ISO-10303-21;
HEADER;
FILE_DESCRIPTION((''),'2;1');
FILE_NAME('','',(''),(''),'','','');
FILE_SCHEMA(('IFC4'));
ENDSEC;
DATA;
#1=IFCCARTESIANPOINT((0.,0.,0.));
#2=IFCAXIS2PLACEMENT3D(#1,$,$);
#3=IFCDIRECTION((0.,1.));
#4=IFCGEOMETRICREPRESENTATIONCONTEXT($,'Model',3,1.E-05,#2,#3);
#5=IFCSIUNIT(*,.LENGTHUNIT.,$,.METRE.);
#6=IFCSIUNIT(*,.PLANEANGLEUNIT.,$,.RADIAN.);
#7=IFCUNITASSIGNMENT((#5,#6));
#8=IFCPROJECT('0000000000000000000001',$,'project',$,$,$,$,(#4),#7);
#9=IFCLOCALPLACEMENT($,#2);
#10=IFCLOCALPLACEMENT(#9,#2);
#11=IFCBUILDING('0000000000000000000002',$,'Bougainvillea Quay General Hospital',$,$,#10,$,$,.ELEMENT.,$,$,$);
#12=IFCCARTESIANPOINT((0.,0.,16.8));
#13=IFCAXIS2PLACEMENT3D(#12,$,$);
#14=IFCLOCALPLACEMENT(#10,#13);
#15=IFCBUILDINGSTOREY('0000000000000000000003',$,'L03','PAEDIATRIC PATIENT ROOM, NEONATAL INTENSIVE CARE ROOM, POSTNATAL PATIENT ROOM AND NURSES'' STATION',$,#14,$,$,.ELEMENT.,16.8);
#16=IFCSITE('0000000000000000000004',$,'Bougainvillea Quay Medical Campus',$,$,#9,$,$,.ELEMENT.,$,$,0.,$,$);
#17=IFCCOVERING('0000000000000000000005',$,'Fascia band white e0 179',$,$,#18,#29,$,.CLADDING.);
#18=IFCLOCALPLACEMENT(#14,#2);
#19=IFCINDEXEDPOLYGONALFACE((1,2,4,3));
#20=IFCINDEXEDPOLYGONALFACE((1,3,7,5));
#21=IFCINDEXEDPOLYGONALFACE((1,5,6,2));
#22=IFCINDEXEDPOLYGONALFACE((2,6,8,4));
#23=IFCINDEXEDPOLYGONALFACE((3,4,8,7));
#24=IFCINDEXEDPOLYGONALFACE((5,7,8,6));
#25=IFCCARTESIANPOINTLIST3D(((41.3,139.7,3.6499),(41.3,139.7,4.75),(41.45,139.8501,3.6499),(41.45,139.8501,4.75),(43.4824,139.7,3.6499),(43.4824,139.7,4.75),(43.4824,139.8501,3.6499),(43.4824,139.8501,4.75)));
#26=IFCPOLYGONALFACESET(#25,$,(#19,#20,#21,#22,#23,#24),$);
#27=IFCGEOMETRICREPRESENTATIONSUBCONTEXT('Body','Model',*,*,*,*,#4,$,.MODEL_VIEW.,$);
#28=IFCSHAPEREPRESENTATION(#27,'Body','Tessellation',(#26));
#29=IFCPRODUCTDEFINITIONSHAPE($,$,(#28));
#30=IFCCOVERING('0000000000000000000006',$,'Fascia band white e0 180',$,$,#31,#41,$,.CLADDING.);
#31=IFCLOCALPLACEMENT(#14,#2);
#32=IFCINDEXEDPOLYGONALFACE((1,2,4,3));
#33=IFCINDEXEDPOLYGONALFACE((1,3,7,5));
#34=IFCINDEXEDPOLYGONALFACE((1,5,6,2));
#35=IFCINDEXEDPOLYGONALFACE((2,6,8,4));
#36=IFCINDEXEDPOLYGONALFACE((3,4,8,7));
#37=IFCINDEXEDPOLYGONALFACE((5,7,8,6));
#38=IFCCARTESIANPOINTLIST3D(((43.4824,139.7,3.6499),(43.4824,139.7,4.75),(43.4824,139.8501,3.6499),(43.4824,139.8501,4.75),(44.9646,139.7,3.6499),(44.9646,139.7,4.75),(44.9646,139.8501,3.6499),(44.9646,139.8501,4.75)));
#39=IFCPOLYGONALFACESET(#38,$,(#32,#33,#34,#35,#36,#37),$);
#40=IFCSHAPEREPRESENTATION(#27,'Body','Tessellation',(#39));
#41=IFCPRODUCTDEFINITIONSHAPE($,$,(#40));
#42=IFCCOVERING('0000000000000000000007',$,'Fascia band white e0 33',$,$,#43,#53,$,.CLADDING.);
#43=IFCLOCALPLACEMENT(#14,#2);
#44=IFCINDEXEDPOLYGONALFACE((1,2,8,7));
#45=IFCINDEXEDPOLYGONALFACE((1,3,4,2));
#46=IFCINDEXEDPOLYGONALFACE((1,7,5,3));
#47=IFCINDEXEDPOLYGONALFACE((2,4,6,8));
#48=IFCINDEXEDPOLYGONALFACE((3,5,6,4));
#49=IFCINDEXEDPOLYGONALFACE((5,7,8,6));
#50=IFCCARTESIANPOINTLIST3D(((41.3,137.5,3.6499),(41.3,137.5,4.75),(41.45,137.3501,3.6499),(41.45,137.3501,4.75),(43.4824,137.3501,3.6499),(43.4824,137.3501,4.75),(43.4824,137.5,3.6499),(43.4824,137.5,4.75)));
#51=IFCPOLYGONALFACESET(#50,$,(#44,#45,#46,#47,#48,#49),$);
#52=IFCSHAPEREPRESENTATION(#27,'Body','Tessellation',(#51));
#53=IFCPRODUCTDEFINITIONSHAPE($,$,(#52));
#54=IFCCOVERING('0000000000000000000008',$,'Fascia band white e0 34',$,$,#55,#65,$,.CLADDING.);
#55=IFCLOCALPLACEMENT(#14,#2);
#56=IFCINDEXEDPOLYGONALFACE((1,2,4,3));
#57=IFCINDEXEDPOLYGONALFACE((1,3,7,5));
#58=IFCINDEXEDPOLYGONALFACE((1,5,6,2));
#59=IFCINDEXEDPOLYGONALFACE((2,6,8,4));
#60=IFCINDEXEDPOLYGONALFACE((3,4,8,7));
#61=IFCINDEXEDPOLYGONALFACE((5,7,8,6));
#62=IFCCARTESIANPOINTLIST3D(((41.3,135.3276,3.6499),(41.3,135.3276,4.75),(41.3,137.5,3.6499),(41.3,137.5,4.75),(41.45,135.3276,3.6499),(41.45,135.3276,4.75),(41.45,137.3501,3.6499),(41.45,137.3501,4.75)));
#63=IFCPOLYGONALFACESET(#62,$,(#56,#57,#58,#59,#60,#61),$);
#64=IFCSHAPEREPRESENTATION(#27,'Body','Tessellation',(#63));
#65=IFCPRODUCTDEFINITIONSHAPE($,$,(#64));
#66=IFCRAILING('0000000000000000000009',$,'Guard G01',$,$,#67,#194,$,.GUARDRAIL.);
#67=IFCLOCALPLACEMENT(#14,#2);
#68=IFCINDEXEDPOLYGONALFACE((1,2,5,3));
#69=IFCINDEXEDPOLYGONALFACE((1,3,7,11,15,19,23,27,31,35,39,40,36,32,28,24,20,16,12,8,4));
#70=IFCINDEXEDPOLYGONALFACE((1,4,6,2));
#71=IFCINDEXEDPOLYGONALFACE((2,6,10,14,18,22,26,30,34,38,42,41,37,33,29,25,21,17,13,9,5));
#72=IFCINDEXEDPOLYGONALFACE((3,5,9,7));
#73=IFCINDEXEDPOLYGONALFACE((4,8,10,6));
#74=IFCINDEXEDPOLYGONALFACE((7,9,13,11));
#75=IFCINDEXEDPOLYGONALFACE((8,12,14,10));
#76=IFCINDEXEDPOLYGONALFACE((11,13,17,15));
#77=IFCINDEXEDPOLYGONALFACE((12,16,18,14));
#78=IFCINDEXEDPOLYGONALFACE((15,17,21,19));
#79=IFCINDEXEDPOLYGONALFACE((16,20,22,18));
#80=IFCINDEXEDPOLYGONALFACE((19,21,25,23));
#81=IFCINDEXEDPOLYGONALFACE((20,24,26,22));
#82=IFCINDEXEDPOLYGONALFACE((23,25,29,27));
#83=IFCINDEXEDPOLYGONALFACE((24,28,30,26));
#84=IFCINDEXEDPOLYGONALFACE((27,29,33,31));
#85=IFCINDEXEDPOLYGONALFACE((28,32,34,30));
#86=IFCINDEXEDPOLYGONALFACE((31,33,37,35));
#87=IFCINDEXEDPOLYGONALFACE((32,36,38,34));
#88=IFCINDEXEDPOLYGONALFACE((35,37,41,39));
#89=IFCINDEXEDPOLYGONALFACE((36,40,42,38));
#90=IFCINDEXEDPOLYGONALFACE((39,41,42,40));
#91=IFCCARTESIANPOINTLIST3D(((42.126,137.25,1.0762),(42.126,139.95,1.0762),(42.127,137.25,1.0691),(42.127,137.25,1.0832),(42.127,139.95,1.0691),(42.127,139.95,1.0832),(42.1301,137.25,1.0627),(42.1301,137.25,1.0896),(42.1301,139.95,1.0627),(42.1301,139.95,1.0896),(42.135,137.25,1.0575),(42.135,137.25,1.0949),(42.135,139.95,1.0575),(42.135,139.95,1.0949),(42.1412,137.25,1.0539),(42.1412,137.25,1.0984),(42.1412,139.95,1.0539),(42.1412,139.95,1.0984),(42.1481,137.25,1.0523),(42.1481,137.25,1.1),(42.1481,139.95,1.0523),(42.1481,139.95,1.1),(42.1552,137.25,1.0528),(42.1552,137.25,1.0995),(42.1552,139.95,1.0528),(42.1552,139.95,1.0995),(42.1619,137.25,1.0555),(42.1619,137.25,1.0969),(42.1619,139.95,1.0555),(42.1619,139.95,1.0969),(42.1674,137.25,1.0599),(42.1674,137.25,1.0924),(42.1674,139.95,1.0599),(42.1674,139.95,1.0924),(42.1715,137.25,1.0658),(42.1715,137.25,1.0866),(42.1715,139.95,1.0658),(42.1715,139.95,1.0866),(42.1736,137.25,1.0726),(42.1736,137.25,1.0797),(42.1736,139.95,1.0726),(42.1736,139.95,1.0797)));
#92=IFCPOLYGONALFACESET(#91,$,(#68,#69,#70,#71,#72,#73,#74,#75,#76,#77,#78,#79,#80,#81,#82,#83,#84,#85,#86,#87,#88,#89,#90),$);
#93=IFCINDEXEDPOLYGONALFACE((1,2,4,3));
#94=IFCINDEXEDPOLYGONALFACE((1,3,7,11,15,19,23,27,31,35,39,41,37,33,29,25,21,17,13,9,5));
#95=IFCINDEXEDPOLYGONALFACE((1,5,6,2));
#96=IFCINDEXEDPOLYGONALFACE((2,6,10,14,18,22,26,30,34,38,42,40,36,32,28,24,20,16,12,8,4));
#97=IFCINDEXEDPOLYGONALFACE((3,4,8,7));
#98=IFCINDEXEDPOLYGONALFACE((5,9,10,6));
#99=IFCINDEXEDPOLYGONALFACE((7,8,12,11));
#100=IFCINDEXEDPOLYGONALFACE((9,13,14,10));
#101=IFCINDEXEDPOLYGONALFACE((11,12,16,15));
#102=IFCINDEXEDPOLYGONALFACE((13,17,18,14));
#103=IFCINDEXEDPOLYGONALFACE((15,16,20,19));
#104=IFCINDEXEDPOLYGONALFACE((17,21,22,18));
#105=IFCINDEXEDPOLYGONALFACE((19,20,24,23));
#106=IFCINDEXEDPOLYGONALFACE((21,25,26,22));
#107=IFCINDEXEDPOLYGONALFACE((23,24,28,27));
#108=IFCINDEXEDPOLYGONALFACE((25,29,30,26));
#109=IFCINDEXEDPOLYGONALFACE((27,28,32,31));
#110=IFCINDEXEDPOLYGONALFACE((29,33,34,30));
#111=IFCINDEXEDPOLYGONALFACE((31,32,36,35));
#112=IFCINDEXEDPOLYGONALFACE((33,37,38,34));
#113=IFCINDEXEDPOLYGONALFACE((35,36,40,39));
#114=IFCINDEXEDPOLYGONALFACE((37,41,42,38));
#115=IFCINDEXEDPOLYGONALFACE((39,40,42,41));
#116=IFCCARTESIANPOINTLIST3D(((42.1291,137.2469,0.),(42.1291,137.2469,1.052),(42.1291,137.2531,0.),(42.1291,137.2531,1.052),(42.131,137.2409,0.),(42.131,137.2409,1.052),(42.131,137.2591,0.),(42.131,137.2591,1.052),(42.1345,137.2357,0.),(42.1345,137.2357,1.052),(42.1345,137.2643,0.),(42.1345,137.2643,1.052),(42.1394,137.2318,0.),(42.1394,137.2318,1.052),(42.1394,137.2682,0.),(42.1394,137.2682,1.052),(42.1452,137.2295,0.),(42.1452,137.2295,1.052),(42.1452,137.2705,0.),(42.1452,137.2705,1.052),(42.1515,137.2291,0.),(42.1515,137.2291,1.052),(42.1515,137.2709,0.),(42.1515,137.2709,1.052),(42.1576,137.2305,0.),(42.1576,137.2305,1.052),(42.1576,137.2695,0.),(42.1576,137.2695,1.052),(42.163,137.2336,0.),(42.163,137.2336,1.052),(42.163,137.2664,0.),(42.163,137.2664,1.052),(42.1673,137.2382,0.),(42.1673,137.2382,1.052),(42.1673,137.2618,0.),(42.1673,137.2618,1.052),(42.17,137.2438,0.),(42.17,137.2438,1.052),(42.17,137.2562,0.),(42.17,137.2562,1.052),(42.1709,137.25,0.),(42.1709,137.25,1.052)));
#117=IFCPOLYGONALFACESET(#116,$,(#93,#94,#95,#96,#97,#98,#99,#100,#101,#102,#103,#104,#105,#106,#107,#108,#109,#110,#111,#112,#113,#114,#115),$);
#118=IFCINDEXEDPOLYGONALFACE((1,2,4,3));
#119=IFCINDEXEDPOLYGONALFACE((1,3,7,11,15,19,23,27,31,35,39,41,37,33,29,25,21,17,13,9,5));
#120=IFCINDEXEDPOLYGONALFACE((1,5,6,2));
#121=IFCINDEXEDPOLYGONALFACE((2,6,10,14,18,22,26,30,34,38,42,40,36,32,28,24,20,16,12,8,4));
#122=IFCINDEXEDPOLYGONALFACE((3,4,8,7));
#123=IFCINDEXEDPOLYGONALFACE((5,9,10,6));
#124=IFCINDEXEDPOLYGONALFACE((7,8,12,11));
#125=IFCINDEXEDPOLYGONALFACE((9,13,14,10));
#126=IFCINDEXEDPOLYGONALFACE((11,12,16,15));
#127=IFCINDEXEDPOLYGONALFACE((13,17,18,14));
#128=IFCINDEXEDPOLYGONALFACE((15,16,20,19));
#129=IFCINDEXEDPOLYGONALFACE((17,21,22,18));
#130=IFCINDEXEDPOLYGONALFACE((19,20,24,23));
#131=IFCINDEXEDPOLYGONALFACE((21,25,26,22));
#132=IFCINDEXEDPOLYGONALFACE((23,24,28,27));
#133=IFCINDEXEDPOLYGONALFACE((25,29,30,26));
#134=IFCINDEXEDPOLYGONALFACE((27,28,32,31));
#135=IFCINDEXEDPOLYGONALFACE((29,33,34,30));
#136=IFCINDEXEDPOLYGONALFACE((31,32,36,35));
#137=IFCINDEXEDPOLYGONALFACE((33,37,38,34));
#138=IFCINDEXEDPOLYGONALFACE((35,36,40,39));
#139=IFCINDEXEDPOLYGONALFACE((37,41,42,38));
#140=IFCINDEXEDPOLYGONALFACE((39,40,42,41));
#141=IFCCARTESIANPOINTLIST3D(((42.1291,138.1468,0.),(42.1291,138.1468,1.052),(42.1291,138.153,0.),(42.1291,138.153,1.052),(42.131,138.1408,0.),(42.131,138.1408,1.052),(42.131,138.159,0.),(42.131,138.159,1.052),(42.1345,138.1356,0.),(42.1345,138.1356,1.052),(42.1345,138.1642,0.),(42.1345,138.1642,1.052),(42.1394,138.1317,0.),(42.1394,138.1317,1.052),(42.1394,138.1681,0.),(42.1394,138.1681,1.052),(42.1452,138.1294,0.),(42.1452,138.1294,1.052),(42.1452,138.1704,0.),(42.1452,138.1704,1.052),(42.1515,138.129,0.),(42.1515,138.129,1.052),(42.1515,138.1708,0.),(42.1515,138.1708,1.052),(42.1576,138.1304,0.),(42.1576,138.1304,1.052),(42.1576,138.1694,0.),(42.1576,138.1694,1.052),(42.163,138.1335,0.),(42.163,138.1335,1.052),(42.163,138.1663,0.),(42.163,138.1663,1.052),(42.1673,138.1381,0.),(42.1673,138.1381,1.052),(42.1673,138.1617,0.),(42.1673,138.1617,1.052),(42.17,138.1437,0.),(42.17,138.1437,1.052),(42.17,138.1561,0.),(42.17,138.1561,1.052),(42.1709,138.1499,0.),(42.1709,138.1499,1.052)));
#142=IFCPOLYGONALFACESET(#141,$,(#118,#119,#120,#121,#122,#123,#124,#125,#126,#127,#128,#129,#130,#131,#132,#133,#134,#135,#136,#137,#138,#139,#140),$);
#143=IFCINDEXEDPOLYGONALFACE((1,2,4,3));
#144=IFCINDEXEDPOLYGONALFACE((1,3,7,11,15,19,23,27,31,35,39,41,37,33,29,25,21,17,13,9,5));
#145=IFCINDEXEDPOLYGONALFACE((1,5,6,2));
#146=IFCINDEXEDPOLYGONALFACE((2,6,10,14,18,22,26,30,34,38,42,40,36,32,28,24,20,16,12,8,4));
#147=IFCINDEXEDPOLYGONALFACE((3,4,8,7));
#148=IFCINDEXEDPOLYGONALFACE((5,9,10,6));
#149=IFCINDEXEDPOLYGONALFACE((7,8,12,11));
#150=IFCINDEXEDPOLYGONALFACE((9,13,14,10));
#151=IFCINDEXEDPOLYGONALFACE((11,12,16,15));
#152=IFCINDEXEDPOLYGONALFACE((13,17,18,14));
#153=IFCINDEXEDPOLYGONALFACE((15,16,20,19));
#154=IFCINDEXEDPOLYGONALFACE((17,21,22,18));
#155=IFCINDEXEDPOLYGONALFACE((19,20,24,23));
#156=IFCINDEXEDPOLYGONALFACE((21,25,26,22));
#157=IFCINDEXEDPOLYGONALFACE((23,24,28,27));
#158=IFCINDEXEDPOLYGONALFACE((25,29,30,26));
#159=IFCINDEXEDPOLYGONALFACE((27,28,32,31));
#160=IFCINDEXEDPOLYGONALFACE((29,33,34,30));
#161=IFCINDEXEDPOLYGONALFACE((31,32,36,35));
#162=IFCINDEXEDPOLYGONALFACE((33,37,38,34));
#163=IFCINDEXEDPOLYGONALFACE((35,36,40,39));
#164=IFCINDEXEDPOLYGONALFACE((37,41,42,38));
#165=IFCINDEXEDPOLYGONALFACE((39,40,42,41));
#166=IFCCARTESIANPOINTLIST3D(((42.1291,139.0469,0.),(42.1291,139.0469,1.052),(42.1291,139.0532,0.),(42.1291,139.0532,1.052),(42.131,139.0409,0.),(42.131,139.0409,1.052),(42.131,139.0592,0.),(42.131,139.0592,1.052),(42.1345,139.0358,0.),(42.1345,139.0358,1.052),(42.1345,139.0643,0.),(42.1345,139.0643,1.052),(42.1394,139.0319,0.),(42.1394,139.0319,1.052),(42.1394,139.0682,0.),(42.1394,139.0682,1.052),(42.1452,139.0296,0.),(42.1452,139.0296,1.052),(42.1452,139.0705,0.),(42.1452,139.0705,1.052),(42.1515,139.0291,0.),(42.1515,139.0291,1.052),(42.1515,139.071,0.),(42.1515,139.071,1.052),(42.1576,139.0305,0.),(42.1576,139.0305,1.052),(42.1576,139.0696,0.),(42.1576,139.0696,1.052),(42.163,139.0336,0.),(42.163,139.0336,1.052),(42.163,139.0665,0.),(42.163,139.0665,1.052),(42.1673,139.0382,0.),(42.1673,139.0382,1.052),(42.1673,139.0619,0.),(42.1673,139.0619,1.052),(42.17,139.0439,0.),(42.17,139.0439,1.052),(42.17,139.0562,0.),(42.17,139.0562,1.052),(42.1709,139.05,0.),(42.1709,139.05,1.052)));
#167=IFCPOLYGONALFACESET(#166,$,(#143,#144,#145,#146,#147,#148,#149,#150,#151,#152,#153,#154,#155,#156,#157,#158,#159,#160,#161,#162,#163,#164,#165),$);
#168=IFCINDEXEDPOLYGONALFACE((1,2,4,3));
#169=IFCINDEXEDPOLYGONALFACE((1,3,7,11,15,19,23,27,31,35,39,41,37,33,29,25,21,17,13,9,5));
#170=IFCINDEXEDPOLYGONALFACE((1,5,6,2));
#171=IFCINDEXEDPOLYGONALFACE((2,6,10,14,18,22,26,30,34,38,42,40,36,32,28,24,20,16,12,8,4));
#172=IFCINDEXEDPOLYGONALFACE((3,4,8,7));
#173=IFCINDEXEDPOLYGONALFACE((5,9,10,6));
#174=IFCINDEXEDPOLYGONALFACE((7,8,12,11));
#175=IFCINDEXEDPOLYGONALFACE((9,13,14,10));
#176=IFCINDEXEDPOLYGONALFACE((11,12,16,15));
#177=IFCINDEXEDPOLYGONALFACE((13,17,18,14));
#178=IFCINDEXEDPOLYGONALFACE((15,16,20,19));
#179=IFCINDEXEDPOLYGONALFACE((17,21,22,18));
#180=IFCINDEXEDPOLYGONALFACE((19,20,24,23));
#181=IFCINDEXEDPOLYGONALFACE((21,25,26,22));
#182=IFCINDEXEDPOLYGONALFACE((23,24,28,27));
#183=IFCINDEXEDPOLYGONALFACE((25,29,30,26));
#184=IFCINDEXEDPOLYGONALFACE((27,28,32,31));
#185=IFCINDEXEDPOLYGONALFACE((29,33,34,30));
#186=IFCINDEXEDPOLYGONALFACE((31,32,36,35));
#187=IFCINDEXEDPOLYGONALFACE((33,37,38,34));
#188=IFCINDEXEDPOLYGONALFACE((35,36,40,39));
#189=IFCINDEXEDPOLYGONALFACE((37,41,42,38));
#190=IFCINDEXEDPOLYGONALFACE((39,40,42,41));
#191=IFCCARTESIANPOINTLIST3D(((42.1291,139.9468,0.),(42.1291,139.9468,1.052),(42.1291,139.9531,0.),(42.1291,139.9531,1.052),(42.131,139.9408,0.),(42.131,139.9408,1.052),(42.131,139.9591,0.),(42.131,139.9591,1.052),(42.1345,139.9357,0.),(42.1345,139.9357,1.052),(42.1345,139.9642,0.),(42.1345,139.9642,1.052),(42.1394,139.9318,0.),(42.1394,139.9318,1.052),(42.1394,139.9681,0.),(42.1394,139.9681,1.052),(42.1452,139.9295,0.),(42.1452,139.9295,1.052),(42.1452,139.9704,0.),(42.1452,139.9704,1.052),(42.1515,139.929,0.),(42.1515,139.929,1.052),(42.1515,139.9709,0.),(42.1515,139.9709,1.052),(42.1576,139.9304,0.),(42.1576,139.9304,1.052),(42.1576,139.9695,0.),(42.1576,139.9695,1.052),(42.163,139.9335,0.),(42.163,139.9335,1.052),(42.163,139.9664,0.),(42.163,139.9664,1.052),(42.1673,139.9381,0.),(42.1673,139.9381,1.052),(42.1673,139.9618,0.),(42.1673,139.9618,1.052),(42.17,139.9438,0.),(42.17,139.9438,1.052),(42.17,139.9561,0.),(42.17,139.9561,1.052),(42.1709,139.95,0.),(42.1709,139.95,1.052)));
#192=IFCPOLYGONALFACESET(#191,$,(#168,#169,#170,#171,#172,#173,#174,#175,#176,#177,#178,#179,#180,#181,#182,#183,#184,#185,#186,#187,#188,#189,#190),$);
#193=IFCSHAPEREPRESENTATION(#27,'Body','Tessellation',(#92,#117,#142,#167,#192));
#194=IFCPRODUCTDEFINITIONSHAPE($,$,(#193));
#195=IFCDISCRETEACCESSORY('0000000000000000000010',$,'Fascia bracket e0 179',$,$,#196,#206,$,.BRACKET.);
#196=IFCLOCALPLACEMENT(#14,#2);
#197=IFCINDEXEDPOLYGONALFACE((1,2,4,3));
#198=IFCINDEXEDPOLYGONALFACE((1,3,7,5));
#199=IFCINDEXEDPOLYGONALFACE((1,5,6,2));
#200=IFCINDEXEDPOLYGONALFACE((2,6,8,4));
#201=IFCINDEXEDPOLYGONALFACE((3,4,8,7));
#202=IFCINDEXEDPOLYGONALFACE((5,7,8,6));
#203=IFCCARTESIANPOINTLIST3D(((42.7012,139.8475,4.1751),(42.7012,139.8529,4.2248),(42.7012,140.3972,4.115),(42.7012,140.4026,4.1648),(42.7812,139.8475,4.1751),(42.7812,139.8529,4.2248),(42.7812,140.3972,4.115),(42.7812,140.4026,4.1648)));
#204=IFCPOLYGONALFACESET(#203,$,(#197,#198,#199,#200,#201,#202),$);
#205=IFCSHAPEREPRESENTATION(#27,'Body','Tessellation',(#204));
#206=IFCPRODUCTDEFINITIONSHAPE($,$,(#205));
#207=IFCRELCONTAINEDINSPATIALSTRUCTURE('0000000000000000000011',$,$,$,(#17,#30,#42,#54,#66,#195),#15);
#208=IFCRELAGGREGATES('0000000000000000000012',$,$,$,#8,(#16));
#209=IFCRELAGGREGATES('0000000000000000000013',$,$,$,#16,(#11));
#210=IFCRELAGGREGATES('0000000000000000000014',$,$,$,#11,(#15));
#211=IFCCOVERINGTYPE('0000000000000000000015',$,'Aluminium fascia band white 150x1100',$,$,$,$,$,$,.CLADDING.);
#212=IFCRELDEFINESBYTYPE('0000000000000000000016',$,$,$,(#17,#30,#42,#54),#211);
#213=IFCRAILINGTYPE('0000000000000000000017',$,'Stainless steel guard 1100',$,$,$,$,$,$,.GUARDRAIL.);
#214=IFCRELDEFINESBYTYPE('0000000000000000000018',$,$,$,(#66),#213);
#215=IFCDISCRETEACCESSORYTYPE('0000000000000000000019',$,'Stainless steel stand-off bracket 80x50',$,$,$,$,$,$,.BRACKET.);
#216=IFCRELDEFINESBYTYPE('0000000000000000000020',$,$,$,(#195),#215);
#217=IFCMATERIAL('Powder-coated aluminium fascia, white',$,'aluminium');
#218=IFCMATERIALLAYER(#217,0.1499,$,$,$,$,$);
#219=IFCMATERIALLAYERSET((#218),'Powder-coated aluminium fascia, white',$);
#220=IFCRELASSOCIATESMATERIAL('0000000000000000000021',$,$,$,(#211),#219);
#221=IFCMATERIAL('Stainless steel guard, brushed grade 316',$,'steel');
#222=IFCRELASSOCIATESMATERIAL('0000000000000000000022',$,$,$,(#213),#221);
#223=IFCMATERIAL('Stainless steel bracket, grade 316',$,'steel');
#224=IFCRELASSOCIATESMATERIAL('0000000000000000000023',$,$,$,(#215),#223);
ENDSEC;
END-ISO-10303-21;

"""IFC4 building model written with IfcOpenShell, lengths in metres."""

from ifc_helpers import new_model, si_unit, direction, frame, origin, origin_2d, place, context, subcontext, project, spatial, polyline, rectangle, circle, outline, extrude, material, layer, layer_set, material_profile, profile_set, type_object, element, save


model = new_model("IFC4")

# Units and contexts
model_context = context("Model", 3, precision=1e-05, world=origin(), true_north=direction((0.0, 1.0)))
body_context = subcontext(model_context, "Body", "Model", "MODEL_VIEW")
ifc_project = project(units=[si_unit("LENGTHUNIT", "METRE"), si_unit("PLANEANGLEUNIT", "RADIAN")], contexts=[model_context])

# Site, building, storey
site_placement = place(None, origin())
site = spatial("IfcSite", under=ifc_project, at=site_placement, Name="Bougainvillea Quay Medical Campus", CompositionType="ELEMENT", RefElevation=0.0)
building_placement = place(site_placement, origin())
building = spatial("IfcBuilding", under=site, at=building_placement, Name="Bougainvillea Quay General Hospital", CompositionType="ELEMENT")
storey_placement = place(building_placement, frame((0.0, 0.0, 16.8)))
storey = spatial("IfcBuildingStorey", under=building, at=storey_placement, Name="L03", Description="PAEDIATRIC PATIENT ROOM, NEONATAL INTENSIVE CARE ROOM, POSTNATAL PATIENT ROOM AND NURSES' STATION", CompositionType="ELEMENT", Elevation=16.8)

# Coverings
ifc_material_1 = material(Name="Powder-coated aluminium fascia, white", Category="aluminium")
ifc_layer_1 = layer(ifc_material_1, 0.1499)
ifc_layer_set_1 = layer_set([ifc_layer_1], Name="Powder-coated aluminium fascia, white")
covering_type = type_object("IfcCoveringType", Name="Aluminium fascia band white 150x1100", PredefinedType="CLADDING", material=ifc_layer_set_1)
covering_1_placement = place(storey_placement, frame((41.45, 139.8501, 3.6499), z_axis=(0.0, 0.0, 1.0), x_axis=(1.0, 0.0, 0.0)))
element("IfcCovering", 1, at=covering_1_placement, inside=storey, type_object=covering_type, Name="Fascia band white e0 179", PredefinedType="CLADDING", context=body_context, shape_type="SweptSolid", body=[
    extrude(outline(polyline([(0.0, 0.0), (2.0325, 0.0), (2.0325, -0.1501), (-0.1499, -0.1501), (0.0, 0.0)])), origin(), (0.0, 0.0, 1.0), 1.1001),
])
covering_2_placement = place(storey_placement, frame((43.4824, 139.8501, 3.6499), z_axis=(0.0, 0.0, 1.0), x_axis=(1.0, 0.0, 0.0)))
element("IfcCovering", 2, at=covering_2_placement, inside=storey, type_object=covering_type, Name="Fascia band white e0 180", PredefinedType="CLADDING", context=body_context, shape_type="SweptSolid", body=[
    extrude(outline(polyline([(0.0, 0.0), (1.4822, 0.0), (1.4822, -0.1501), (0.0, -0.1501), (0.0, 0.0)])), origin(), (0.0, 0.0, 1.0), 1.1001),
])
covering_3_placement = place(storey_placement, frame((43.4824, 137.3501, 3.6499), z_axis=(0.0, 0.0, 1.0), x_axis=(-1.0, 0.0, 0.0)))
element("IfcCovering", 3, at=covering_3_placement, inside=storey, type_object=covering_type, Name="Fascia band white e0 33", PredefinedType="CLADDING", context=body_context, shape_type="SweptSolid", body=[
    extrude(outline(polyline([(0.0, 0.0), (2.0325, 0.0), (2.1824, -0.1499), (0.0, -0.1499), (0.0, 0.0)])), origin(), (0.0, 0.0, 1.0), 1.1001),
])
covering_4_placement = place(storey_placement, frame((41.45, 137.3501, 3.6499), z_axis=(0.0, 0.0, 1.0), x_axis=(0.0, -1.0, 0.0)))
element("IfcCovering", 4, at=covering_4_placement, inside=storey, type_object=covering_type, Name="Fascia band white e0 34", PredefinedType="CLADDING", context=body_context, shape_type="SweptSolid", body=[
    extrude(outline(polyline([(0.0, 0.0), (2.0225, 0.0), (2.0225, -0.1499), (-0.1499, -0.1499), (0.0, 0.0)])), origin(), (0.0, 0.0, 1.0), 1.1001),
])

# Railing
ifc_material_2 = material(Name="Stainless steel guard, brushed grade 316", Category="steel")
railing_type = type_object("IfcRailingType", Name="Stainless steel guard 1100", PredefinedType="GUARDRAIL", material=ifc_material_2)
railing_placement = place(storey_placement, frame((42.1499, 137.25, 0.0)))
element("IfcRailing", 5, at=railing_placement, inside=storey, type_object=railing_type, Name="Guard G01", PredefinedType="GUARDRAIL", context=body_context, shape_type="SweptSolid", body=[
    extrude(circle(Radius=0.0239, at=origin_2d()), frame((0.0, 0.0, 1.0762), z_axis=(0.0, 1.0, 0.0), x_axis=(-1.0, 0.0, 0.0)), (0.0, 0.0, 1.0), 2.7),
    extrude(circle(Radius=0.021, at=origin_2d()), origin(), (0.0, 0.0, 1.0), 1.052),
    extrude(circle(Radius=0.021, at=origin_2d()), frame((0.0, 0.8999, 0.0)), (0.0, 0.0, 1.0), 1.052),
    extrude(circle(Radius=0.021, at=origin_2d()), frame((0.0, 1.8, 0.0)), (0.0, 0.0, 1.0), 1.052),
    extrude(circle(Radius=0.021, at=origin_2d()), frame((0.0, 2.7, 0.0)), (0.0, 0.0, 1.0), 1.052),
])

# Discrete accessory
ifc_material_3 = material(Name="Stainless steel bracket, grade 316", Category="steel")
ifc_material_profile_1 = material_profile(ifc_material_3, rectangle(XDim=0.0801, YDim=0.05, at=origin_2d()))
ifc_profile_set_1 = profile_set([ifc_material_profile_1], Name="Stainless steel bracket, grade 316")
discrete_accessory_type = type_object("IfcDiscreteAccessoryType", Name="Stainless steel stand-off bracket 80x50", PredefinedType="BRACKET", material=ifc_profile_set_1)
discrete_accessory_1_placement = place(storey_placement, frame((42.7412, 140.3999, 4.1399), z_axis=(0.0, -0.994087, 0.10859), x_axis=(1.0, 0.0, 0.0)))
element("IfcDiscreteAccessory", 6, at=discrete_accessory_1_placement, inside=storey, type_object=discrete_accessory_type, Name="Fascia bracket e0 179", PredefinedType="BRACKET", context=body_context, shape_type="SweptSolid", body=[
    extrude(rectangle(XDim=0.0801, YDim=0.05, at=origin_2d()), origin(), (0.0, 0.0, 1.0), 0.553),
])

save(model, "model.ifc")
